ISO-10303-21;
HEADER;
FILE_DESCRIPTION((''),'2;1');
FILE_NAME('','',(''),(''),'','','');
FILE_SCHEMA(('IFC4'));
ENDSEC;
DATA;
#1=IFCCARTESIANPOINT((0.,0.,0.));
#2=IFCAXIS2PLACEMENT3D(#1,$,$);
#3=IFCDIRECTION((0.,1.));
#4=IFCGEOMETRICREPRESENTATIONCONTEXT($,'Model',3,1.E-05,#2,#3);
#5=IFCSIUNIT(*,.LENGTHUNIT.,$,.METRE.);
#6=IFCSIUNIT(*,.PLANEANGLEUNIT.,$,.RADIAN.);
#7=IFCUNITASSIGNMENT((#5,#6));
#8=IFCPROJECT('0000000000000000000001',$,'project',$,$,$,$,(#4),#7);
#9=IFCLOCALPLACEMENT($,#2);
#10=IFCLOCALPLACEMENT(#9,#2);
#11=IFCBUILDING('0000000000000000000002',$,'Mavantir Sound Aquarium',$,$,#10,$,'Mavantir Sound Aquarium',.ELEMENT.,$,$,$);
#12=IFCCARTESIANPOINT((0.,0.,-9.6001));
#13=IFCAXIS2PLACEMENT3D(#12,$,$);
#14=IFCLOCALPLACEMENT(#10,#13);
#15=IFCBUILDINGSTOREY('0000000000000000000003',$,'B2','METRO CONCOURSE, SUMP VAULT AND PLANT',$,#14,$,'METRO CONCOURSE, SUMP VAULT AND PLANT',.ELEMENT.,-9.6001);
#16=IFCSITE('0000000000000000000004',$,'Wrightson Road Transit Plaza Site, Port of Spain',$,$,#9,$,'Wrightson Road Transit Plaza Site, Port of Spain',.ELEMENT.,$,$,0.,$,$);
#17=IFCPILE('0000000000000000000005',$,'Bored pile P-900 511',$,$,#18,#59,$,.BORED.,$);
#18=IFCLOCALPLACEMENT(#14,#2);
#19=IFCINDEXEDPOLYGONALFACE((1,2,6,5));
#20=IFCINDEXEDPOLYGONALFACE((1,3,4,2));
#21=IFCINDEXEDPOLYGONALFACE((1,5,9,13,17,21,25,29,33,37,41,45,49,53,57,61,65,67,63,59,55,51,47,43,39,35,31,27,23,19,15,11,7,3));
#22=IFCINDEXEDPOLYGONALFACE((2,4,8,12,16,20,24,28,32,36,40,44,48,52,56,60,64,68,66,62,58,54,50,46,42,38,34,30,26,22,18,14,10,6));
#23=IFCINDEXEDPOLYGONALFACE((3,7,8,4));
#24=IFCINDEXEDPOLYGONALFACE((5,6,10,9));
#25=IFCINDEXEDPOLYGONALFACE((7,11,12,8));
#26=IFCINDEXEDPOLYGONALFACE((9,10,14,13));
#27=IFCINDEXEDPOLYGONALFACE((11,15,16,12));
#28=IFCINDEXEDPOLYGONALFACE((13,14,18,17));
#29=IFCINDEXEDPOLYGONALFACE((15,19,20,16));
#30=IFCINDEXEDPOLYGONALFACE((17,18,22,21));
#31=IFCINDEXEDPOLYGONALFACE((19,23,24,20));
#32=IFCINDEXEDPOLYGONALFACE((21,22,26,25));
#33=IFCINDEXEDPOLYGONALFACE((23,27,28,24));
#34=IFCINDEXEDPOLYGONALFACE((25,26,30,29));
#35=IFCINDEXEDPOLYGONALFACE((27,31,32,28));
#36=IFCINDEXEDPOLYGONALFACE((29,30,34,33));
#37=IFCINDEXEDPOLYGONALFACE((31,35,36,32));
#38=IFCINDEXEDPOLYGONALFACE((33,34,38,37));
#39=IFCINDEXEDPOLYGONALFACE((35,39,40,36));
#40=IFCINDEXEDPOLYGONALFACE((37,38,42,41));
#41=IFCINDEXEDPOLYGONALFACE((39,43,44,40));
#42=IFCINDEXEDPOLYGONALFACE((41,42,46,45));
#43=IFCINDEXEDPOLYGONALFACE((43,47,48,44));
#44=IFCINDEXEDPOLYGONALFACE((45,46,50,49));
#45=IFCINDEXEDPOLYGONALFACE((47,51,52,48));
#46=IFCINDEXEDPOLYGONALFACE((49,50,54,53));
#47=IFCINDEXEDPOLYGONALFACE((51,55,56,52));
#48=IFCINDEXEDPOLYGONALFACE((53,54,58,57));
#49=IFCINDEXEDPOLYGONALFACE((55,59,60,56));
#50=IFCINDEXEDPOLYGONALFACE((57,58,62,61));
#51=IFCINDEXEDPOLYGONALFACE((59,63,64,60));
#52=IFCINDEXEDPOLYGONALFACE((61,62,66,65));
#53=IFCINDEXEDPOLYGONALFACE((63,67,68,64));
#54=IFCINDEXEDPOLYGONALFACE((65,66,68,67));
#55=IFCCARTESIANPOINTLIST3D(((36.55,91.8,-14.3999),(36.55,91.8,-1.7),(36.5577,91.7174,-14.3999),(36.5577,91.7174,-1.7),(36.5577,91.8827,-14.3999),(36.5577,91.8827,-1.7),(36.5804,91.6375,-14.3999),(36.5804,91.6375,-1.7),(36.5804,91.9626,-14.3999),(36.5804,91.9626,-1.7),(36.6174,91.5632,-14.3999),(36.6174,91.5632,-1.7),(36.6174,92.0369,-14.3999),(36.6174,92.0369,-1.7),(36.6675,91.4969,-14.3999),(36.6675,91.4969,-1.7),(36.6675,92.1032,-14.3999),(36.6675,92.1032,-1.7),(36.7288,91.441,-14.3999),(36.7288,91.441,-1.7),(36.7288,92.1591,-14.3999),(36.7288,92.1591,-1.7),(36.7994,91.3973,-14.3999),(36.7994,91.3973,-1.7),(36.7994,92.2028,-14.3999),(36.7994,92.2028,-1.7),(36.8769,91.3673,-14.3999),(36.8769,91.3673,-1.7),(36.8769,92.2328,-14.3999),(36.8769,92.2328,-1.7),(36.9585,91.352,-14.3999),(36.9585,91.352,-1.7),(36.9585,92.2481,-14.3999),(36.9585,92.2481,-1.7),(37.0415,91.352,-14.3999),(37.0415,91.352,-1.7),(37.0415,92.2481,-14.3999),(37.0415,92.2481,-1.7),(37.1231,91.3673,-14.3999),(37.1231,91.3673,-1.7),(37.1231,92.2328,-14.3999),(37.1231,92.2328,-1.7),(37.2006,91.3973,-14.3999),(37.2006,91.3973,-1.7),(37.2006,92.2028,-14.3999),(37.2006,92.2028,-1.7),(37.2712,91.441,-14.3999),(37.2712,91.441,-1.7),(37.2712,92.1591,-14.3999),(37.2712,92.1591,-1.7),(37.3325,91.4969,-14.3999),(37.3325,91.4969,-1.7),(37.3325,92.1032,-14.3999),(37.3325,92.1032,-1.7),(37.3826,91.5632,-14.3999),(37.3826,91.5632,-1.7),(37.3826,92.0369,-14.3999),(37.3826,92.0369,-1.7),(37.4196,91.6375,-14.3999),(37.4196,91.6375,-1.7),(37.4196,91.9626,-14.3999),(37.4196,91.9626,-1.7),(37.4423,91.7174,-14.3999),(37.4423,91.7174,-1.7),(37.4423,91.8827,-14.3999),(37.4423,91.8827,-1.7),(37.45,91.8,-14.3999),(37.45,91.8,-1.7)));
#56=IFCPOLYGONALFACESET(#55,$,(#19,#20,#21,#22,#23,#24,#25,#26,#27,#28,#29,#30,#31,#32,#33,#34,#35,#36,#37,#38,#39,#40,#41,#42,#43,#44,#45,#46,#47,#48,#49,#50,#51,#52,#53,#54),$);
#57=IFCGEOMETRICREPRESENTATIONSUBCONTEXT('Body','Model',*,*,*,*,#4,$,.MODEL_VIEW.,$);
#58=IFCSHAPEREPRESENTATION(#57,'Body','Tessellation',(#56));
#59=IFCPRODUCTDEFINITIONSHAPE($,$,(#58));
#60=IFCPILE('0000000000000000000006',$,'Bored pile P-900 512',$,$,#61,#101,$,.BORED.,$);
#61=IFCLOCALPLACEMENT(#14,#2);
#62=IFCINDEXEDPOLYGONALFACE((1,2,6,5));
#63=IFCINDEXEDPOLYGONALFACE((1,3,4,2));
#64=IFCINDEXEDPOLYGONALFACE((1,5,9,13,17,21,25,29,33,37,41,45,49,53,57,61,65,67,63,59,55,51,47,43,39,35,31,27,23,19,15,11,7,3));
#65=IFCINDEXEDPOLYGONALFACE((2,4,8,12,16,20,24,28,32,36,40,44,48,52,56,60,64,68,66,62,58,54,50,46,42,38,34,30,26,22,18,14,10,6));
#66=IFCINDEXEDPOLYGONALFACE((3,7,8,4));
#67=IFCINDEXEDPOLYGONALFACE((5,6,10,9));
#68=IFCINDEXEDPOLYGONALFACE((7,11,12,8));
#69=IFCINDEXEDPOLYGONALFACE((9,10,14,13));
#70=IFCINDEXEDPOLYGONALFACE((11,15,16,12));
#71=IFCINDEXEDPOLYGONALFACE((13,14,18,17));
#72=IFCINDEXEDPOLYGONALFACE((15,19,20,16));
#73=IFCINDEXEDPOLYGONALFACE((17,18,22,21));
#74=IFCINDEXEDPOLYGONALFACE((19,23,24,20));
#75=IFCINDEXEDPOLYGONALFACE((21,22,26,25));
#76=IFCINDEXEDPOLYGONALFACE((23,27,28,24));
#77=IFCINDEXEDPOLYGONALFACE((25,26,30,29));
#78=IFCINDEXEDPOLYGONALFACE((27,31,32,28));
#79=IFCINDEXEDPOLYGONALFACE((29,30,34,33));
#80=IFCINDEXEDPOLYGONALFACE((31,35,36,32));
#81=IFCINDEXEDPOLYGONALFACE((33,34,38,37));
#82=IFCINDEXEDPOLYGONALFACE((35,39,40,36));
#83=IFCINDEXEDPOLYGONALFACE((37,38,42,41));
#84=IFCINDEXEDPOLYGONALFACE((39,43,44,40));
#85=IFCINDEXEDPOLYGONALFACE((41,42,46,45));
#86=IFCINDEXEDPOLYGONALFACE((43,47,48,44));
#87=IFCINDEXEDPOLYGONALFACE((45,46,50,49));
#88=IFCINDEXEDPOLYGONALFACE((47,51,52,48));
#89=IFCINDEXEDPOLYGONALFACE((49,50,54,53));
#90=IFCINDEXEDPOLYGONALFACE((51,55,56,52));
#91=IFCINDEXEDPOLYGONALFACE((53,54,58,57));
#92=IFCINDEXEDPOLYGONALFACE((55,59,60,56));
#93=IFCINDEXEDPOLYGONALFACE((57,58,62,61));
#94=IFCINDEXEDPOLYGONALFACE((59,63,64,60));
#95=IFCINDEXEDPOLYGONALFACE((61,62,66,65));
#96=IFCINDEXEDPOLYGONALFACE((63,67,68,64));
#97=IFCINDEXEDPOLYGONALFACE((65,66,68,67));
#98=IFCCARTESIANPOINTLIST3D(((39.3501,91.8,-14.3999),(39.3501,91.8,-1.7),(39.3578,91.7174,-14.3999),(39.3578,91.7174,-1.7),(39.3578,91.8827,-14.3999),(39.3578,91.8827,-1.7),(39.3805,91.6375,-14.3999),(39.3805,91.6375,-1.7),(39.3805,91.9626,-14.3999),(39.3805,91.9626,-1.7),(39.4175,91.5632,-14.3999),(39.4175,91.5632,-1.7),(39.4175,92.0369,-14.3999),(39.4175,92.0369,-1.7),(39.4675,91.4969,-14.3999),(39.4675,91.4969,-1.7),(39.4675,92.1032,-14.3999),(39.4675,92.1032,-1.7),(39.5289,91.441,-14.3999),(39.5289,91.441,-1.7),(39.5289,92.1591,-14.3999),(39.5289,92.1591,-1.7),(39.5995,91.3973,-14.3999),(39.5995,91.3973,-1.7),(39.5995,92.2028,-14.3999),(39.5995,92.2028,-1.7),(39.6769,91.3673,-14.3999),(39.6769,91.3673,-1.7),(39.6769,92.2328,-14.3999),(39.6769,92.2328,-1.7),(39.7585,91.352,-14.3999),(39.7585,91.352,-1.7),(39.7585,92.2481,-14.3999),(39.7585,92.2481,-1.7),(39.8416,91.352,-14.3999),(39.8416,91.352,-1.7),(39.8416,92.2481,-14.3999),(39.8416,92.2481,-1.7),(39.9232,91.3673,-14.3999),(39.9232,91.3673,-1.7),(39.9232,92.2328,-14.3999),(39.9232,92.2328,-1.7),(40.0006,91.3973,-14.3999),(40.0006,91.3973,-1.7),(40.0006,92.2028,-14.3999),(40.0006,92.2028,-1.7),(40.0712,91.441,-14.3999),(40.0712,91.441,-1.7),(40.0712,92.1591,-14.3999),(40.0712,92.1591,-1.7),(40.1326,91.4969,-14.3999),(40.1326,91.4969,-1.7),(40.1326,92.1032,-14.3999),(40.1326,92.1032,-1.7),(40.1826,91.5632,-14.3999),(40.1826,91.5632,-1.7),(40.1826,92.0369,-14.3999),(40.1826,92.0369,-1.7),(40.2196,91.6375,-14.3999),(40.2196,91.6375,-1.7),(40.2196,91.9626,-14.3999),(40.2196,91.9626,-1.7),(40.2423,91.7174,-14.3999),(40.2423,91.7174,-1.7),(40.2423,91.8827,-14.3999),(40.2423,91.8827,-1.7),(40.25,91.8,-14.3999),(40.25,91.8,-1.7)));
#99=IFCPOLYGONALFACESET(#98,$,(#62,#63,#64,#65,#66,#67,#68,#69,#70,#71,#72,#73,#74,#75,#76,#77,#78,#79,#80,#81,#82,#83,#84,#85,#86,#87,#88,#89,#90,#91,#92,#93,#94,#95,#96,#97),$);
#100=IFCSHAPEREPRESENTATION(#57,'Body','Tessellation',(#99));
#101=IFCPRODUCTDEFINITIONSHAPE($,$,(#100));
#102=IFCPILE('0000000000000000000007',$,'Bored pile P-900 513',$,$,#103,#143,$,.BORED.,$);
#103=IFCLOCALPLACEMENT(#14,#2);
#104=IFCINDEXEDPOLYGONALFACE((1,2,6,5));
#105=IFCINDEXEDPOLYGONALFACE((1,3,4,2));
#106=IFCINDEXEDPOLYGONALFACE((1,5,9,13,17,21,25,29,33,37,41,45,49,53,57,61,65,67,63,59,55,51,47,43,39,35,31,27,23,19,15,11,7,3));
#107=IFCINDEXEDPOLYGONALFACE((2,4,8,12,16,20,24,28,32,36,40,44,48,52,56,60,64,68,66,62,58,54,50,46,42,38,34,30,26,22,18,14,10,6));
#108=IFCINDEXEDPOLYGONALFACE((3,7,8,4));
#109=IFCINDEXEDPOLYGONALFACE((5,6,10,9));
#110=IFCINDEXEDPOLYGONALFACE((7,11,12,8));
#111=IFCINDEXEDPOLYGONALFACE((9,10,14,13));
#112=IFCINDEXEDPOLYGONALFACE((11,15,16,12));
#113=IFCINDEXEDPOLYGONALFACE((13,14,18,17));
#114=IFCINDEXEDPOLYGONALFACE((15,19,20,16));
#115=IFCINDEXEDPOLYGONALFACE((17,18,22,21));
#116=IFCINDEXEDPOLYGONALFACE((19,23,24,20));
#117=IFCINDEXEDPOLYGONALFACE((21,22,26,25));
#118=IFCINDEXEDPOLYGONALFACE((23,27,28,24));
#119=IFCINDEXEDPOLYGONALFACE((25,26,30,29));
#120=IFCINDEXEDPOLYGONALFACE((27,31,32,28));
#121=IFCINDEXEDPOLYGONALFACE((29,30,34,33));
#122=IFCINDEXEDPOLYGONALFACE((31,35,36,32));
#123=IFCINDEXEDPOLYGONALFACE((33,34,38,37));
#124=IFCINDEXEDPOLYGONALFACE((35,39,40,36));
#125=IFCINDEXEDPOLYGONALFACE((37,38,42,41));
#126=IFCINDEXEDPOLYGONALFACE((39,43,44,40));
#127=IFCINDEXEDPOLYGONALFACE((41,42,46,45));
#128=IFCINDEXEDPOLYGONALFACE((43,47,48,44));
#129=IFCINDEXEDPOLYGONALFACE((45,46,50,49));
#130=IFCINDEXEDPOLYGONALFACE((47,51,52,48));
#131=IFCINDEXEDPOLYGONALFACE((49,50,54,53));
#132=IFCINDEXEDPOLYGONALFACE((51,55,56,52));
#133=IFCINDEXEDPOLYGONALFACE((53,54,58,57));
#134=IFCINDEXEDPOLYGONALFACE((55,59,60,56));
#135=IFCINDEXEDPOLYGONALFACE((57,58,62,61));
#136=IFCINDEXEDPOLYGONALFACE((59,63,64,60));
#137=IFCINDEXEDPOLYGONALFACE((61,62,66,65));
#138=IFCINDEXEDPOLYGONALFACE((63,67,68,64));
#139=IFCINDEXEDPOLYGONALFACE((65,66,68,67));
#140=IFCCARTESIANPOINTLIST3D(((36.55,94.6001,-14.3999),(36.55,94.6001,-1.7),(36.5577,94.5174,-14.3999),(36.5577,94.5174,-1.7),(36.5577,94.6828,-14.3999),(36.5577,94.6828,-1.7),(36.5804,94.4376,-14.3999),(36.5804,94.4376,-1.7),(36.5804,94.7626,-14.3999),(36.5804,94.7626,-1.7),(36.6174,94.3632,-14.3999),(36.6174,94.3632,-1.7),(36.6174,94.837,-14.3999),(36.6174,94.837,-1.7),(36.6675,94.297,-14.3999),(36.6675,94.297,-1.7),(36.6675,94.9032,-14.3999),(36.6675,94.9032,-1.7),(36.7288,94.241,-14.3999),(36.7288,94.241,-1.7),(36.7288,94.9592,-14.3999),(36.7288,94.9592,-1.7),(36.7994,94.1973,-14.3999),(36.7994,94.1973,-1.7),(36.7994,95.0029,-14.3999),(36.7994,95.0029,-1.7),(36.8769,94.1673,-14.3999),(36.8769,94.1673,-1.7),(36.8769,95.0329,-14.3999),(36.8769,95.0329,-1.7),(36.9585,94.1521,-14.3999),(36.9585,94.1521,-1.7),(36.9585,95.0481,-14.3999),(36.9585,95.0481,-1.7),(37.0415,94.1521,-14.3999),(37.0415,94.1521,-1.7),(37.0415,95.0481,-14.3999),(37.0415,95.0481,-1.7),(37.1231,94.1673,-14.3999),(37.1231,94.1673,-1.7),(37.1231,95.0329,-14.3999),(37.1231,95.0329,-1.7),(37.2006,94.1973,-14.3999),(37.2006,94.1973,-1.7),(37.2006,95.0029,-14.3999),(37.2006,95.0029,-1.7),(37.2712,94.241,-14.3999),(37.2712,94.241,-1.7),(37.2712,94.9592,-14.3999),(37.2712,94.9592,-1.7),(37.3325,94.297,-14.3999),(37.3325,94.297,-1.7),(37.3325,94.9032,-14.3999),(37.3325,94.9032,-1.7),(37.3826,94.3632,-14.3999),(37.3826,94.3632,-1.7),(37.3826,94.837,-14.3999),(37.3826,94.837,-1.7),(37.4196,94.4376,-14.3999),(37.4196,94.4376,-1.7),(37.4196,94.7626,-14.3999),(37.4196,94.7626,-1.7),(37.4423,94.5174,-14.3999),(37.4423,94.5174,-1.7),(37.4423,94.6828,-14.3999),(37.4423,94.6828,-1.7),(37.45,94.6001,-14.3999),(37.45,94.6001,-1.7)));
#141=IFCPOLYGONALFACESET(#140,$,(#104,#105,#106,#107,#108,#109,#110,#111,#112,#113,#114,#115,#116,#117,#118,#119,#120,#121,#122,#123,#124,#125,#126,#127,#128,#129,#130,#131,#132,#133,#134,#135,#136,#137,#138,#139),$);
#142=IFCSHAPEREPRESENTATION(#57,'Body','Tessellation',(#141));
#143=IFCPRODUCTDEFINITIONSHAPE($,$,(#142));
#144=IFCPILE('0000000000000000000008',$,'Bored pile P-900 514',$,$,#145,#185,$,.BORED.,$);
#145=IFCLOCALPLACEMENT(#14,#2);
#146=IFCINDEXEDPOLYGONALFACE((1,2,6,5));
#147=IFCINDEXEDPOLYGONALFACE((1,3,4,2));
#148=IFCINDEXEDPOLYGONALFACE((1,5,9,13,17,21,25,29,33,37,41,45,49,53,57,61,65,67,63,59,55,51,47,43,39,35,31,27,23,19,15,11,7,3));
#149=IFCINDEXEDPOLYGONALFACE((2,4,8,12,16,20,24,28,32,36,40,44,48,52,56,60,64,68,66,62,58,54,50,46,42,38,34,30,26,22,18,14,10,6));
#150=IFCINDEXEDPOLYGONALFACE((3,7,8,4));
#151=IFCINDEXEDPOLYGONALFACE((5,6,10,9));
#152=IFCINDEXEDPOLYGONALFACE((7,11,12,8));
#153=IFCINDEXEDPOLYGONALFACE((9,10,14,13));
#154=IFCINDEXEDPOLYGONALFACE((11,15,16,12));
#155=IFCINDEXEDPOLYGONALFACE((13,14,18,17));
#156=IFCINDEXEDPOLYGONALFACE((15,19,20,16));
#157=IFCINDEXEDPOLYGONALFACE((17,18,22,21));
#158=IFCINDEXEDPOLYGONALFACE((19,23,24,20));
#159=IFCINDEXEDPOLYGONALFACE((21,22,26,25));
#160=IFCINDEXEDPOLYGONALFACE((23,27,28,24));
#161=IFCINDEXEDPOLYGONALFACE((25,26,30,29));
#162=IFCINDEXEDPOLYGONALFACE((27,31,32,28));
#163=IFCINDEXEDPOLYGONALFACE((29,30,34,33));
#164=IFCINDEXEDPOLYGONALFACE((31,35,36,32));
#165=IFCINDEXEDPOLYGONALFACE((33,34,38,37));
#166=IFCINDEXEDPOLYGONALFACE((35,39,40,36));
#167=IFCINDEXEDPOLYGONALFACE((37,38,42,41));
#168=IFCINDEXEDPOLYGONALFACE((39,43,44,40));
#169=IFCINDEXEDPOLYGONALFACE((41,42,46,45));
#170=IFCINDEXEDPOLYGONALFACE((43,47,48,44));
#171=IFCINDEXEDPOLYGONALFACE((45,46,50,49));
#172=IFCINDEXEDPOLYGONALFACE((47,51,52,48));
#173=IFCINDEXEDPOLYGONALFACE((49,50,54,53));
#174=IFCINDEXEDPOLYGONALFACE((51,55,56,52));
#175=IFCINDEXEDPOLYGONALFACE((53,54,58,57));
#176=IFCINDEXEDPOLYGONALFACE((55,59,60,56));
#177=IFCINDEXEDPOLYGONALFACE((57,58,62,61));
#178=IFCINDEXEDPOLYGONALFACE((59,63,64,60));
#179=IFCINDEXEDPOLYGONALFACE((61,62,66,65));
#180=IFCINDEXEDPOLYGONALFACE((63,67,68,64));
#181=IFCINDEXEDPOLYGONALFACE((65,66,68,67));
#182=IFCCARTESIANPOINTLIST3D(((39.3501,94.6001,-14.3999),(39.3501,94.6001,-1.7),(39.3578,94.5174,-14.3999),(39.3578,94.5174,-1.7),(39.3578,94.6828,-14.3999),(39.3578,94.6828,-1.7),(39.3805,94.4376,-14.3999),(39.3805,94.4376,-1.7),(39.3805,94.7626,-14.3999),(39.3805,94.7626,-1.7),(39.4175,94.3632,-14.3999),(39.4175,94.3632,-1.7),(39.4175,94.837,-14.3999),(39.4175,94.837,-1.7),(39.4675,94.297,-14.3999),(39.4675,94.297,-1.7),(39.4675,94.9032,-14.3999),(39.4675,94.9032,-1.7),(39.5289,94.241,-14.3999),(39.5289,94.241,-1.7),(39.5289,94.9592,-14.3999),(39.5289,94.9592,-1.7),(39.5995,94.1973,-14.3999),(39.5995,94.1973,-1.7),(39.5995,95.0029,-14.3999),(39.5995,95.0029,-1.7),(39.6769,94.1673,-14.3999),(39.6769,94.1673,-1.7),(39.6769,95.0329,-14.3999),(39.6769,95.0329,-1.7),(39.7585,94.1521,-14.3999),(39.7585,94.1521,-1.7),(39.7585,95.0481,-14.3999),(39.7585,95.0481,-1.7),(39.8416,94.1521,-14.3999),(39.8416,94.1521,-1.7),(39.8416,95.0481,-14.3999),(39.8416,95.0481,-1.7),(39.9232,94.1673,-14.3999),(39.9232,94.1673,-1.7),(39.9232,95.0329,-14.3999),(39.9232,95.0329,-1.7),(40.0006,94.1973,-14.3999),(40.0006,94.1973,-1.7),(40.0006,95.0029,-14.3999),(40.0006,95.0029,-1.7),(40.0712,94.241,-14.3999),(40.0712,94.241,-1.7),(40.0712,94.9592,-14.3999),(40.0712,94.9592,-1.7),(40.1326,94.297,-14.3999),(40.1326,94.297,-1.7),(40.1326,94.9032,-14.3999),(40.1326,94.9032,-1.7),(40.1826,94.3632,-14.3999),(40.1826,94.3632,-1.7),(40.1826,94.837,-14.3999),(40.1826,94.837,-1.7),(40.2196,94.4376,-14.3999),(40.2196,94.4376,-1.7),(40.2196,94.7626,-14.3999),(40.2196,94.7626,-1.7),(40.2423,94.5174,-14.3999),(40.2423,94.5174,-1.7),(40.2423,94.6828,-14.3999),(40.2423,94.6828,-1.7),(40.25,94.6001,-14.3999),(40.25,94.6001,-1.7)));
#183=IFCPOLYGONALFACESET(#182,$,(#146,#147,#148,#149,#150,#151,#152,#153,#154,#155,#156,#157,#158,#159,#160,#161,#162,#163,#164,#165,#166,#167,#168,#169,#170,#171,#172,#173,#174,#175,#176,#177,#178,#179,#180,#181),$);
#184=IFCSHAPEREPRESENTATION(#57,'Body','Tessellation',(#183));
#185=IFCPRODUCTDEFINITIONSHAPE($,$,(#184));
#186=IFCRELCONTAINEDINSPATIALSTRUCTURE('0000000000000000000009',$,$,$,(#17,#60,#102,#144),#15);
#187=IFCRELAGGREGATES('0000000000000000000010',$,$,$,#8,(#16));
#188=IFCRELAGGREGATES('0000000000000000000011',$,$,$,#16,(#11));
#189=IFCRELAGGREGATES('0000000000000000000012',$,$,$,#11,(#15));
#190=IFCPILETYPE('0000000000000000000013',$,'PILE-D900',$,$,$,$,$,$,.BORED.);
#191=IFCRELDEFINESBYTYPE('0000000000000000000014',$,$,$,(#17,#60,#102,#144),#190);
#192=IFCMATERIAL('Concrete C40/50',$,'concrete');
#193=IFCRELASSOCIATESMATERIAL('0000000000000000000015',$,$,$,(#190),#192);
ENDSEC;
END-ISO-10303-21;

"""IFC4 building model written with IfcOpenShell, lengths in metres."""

from ifc_helpers import new_model, si_unit, direction, frame, origin, origin_2d, place, context, subcontext, project, spatial, circle, extrude, material, material_profile, profile_set, type_object, element, save


model = new_model("IFC4")

# Units and contexts
model_context = context("Model", 3, precision=1e-05, world=origin(), true_north=direction((0.0, 1.0)))
body_context = subcontext(model_context, "Body", "Model", "MODEL_VIEW")
ifc_project = project(units=[si_unit("LENGTHUNIT", "METRE"), si_unit("PLANEANGLEUNIT", "RADIAN")], contexts=[model_context])

# Site, building, storey
site_placement = place(None, origin())
site = spatial("IfcSite", under=ifc_project, at=site_placement, Name="Wrightson Road Transit Plaza Site, Port of Spain", LongName="Wrightson Road Transit Plaza Site, Port of Spain", CompositionType="ELEMENT", RefElevation=0.0)
building_placement = place(site_placement, origin())
building = spatial("IfcBuilding", under=site, at=building_placement, Name="Mavantir Sound Aquarium", LongName="Mavantir Sound Aquarium", CompositionType="ELEMENT")
storey_placement = place(building_placement, frame((0.0, 0.0, -9.6001)))
storey = spatial("IfcBuildingStorey", under=building, at=storey_placement, Name="B2", Description="METRO CONCOURSE, SUMP VAULT AND PLANT", LongName="METRO CONCOURSE, SUMP VAULT AND PLANT", CompositionType="ELEMENT", Elevation=-9.6001)

# Shared definitions
ifc_material_1 = material(Name="Concrete C40/50", Category="concrete")

# Piles
ifc_material_profile_1 = material_profile(ifc_material_1, circle(Radius=0.45, at=origin_2d()), Name="PILE D900")
ifc_profile_set_1 = profile_set([ifc_material_profile_1], Name="Concrete C40/50")
pile_type = type_object("IfcPileType", Name="PILE-D900", PredefinedType="BORED", material=ifc_profile_set_1)
for number, where, z_axis, x_axis, name in (
    (1, (37.0, 91.8, -1.7), (0.0, 0.0, -1.0), (1.0, 0.0, 0.0), "Bored pile P-900 511"),
    (2, (39.8, 91.8, -1.7), (0.0, 0.0, -1.0), (1.0, 0.0, 0.0), "Bored pile P-900 512"),
    (3, (37.0, 94.6001, -1.7), (0.0, 0.0, -1.0), (1.0, 0.0, 0.0), "Bored pile P-900 513"),
    (4, (39.8, 94.6001, -1.7), (0.0, 0.0, -1.0), (1.0, 0.0, 0.0), "Bored pile P-900 514"),
):
    element("IfcPile", number, at=place(storey_placement, frame(where, z_axis=z_axis, x_axis=x_axis)), inside=storey, type_object=pile_type, Name=name, PredefinedType="BORED", context=body_context, shape_type="SweptSolid", body=[
        extrude(circle(Radius=0.45, at=origin_2d()), origin(), (0.0, 0.0, 1.0), 12.7),
    ])

save(model, "model.ifc")
